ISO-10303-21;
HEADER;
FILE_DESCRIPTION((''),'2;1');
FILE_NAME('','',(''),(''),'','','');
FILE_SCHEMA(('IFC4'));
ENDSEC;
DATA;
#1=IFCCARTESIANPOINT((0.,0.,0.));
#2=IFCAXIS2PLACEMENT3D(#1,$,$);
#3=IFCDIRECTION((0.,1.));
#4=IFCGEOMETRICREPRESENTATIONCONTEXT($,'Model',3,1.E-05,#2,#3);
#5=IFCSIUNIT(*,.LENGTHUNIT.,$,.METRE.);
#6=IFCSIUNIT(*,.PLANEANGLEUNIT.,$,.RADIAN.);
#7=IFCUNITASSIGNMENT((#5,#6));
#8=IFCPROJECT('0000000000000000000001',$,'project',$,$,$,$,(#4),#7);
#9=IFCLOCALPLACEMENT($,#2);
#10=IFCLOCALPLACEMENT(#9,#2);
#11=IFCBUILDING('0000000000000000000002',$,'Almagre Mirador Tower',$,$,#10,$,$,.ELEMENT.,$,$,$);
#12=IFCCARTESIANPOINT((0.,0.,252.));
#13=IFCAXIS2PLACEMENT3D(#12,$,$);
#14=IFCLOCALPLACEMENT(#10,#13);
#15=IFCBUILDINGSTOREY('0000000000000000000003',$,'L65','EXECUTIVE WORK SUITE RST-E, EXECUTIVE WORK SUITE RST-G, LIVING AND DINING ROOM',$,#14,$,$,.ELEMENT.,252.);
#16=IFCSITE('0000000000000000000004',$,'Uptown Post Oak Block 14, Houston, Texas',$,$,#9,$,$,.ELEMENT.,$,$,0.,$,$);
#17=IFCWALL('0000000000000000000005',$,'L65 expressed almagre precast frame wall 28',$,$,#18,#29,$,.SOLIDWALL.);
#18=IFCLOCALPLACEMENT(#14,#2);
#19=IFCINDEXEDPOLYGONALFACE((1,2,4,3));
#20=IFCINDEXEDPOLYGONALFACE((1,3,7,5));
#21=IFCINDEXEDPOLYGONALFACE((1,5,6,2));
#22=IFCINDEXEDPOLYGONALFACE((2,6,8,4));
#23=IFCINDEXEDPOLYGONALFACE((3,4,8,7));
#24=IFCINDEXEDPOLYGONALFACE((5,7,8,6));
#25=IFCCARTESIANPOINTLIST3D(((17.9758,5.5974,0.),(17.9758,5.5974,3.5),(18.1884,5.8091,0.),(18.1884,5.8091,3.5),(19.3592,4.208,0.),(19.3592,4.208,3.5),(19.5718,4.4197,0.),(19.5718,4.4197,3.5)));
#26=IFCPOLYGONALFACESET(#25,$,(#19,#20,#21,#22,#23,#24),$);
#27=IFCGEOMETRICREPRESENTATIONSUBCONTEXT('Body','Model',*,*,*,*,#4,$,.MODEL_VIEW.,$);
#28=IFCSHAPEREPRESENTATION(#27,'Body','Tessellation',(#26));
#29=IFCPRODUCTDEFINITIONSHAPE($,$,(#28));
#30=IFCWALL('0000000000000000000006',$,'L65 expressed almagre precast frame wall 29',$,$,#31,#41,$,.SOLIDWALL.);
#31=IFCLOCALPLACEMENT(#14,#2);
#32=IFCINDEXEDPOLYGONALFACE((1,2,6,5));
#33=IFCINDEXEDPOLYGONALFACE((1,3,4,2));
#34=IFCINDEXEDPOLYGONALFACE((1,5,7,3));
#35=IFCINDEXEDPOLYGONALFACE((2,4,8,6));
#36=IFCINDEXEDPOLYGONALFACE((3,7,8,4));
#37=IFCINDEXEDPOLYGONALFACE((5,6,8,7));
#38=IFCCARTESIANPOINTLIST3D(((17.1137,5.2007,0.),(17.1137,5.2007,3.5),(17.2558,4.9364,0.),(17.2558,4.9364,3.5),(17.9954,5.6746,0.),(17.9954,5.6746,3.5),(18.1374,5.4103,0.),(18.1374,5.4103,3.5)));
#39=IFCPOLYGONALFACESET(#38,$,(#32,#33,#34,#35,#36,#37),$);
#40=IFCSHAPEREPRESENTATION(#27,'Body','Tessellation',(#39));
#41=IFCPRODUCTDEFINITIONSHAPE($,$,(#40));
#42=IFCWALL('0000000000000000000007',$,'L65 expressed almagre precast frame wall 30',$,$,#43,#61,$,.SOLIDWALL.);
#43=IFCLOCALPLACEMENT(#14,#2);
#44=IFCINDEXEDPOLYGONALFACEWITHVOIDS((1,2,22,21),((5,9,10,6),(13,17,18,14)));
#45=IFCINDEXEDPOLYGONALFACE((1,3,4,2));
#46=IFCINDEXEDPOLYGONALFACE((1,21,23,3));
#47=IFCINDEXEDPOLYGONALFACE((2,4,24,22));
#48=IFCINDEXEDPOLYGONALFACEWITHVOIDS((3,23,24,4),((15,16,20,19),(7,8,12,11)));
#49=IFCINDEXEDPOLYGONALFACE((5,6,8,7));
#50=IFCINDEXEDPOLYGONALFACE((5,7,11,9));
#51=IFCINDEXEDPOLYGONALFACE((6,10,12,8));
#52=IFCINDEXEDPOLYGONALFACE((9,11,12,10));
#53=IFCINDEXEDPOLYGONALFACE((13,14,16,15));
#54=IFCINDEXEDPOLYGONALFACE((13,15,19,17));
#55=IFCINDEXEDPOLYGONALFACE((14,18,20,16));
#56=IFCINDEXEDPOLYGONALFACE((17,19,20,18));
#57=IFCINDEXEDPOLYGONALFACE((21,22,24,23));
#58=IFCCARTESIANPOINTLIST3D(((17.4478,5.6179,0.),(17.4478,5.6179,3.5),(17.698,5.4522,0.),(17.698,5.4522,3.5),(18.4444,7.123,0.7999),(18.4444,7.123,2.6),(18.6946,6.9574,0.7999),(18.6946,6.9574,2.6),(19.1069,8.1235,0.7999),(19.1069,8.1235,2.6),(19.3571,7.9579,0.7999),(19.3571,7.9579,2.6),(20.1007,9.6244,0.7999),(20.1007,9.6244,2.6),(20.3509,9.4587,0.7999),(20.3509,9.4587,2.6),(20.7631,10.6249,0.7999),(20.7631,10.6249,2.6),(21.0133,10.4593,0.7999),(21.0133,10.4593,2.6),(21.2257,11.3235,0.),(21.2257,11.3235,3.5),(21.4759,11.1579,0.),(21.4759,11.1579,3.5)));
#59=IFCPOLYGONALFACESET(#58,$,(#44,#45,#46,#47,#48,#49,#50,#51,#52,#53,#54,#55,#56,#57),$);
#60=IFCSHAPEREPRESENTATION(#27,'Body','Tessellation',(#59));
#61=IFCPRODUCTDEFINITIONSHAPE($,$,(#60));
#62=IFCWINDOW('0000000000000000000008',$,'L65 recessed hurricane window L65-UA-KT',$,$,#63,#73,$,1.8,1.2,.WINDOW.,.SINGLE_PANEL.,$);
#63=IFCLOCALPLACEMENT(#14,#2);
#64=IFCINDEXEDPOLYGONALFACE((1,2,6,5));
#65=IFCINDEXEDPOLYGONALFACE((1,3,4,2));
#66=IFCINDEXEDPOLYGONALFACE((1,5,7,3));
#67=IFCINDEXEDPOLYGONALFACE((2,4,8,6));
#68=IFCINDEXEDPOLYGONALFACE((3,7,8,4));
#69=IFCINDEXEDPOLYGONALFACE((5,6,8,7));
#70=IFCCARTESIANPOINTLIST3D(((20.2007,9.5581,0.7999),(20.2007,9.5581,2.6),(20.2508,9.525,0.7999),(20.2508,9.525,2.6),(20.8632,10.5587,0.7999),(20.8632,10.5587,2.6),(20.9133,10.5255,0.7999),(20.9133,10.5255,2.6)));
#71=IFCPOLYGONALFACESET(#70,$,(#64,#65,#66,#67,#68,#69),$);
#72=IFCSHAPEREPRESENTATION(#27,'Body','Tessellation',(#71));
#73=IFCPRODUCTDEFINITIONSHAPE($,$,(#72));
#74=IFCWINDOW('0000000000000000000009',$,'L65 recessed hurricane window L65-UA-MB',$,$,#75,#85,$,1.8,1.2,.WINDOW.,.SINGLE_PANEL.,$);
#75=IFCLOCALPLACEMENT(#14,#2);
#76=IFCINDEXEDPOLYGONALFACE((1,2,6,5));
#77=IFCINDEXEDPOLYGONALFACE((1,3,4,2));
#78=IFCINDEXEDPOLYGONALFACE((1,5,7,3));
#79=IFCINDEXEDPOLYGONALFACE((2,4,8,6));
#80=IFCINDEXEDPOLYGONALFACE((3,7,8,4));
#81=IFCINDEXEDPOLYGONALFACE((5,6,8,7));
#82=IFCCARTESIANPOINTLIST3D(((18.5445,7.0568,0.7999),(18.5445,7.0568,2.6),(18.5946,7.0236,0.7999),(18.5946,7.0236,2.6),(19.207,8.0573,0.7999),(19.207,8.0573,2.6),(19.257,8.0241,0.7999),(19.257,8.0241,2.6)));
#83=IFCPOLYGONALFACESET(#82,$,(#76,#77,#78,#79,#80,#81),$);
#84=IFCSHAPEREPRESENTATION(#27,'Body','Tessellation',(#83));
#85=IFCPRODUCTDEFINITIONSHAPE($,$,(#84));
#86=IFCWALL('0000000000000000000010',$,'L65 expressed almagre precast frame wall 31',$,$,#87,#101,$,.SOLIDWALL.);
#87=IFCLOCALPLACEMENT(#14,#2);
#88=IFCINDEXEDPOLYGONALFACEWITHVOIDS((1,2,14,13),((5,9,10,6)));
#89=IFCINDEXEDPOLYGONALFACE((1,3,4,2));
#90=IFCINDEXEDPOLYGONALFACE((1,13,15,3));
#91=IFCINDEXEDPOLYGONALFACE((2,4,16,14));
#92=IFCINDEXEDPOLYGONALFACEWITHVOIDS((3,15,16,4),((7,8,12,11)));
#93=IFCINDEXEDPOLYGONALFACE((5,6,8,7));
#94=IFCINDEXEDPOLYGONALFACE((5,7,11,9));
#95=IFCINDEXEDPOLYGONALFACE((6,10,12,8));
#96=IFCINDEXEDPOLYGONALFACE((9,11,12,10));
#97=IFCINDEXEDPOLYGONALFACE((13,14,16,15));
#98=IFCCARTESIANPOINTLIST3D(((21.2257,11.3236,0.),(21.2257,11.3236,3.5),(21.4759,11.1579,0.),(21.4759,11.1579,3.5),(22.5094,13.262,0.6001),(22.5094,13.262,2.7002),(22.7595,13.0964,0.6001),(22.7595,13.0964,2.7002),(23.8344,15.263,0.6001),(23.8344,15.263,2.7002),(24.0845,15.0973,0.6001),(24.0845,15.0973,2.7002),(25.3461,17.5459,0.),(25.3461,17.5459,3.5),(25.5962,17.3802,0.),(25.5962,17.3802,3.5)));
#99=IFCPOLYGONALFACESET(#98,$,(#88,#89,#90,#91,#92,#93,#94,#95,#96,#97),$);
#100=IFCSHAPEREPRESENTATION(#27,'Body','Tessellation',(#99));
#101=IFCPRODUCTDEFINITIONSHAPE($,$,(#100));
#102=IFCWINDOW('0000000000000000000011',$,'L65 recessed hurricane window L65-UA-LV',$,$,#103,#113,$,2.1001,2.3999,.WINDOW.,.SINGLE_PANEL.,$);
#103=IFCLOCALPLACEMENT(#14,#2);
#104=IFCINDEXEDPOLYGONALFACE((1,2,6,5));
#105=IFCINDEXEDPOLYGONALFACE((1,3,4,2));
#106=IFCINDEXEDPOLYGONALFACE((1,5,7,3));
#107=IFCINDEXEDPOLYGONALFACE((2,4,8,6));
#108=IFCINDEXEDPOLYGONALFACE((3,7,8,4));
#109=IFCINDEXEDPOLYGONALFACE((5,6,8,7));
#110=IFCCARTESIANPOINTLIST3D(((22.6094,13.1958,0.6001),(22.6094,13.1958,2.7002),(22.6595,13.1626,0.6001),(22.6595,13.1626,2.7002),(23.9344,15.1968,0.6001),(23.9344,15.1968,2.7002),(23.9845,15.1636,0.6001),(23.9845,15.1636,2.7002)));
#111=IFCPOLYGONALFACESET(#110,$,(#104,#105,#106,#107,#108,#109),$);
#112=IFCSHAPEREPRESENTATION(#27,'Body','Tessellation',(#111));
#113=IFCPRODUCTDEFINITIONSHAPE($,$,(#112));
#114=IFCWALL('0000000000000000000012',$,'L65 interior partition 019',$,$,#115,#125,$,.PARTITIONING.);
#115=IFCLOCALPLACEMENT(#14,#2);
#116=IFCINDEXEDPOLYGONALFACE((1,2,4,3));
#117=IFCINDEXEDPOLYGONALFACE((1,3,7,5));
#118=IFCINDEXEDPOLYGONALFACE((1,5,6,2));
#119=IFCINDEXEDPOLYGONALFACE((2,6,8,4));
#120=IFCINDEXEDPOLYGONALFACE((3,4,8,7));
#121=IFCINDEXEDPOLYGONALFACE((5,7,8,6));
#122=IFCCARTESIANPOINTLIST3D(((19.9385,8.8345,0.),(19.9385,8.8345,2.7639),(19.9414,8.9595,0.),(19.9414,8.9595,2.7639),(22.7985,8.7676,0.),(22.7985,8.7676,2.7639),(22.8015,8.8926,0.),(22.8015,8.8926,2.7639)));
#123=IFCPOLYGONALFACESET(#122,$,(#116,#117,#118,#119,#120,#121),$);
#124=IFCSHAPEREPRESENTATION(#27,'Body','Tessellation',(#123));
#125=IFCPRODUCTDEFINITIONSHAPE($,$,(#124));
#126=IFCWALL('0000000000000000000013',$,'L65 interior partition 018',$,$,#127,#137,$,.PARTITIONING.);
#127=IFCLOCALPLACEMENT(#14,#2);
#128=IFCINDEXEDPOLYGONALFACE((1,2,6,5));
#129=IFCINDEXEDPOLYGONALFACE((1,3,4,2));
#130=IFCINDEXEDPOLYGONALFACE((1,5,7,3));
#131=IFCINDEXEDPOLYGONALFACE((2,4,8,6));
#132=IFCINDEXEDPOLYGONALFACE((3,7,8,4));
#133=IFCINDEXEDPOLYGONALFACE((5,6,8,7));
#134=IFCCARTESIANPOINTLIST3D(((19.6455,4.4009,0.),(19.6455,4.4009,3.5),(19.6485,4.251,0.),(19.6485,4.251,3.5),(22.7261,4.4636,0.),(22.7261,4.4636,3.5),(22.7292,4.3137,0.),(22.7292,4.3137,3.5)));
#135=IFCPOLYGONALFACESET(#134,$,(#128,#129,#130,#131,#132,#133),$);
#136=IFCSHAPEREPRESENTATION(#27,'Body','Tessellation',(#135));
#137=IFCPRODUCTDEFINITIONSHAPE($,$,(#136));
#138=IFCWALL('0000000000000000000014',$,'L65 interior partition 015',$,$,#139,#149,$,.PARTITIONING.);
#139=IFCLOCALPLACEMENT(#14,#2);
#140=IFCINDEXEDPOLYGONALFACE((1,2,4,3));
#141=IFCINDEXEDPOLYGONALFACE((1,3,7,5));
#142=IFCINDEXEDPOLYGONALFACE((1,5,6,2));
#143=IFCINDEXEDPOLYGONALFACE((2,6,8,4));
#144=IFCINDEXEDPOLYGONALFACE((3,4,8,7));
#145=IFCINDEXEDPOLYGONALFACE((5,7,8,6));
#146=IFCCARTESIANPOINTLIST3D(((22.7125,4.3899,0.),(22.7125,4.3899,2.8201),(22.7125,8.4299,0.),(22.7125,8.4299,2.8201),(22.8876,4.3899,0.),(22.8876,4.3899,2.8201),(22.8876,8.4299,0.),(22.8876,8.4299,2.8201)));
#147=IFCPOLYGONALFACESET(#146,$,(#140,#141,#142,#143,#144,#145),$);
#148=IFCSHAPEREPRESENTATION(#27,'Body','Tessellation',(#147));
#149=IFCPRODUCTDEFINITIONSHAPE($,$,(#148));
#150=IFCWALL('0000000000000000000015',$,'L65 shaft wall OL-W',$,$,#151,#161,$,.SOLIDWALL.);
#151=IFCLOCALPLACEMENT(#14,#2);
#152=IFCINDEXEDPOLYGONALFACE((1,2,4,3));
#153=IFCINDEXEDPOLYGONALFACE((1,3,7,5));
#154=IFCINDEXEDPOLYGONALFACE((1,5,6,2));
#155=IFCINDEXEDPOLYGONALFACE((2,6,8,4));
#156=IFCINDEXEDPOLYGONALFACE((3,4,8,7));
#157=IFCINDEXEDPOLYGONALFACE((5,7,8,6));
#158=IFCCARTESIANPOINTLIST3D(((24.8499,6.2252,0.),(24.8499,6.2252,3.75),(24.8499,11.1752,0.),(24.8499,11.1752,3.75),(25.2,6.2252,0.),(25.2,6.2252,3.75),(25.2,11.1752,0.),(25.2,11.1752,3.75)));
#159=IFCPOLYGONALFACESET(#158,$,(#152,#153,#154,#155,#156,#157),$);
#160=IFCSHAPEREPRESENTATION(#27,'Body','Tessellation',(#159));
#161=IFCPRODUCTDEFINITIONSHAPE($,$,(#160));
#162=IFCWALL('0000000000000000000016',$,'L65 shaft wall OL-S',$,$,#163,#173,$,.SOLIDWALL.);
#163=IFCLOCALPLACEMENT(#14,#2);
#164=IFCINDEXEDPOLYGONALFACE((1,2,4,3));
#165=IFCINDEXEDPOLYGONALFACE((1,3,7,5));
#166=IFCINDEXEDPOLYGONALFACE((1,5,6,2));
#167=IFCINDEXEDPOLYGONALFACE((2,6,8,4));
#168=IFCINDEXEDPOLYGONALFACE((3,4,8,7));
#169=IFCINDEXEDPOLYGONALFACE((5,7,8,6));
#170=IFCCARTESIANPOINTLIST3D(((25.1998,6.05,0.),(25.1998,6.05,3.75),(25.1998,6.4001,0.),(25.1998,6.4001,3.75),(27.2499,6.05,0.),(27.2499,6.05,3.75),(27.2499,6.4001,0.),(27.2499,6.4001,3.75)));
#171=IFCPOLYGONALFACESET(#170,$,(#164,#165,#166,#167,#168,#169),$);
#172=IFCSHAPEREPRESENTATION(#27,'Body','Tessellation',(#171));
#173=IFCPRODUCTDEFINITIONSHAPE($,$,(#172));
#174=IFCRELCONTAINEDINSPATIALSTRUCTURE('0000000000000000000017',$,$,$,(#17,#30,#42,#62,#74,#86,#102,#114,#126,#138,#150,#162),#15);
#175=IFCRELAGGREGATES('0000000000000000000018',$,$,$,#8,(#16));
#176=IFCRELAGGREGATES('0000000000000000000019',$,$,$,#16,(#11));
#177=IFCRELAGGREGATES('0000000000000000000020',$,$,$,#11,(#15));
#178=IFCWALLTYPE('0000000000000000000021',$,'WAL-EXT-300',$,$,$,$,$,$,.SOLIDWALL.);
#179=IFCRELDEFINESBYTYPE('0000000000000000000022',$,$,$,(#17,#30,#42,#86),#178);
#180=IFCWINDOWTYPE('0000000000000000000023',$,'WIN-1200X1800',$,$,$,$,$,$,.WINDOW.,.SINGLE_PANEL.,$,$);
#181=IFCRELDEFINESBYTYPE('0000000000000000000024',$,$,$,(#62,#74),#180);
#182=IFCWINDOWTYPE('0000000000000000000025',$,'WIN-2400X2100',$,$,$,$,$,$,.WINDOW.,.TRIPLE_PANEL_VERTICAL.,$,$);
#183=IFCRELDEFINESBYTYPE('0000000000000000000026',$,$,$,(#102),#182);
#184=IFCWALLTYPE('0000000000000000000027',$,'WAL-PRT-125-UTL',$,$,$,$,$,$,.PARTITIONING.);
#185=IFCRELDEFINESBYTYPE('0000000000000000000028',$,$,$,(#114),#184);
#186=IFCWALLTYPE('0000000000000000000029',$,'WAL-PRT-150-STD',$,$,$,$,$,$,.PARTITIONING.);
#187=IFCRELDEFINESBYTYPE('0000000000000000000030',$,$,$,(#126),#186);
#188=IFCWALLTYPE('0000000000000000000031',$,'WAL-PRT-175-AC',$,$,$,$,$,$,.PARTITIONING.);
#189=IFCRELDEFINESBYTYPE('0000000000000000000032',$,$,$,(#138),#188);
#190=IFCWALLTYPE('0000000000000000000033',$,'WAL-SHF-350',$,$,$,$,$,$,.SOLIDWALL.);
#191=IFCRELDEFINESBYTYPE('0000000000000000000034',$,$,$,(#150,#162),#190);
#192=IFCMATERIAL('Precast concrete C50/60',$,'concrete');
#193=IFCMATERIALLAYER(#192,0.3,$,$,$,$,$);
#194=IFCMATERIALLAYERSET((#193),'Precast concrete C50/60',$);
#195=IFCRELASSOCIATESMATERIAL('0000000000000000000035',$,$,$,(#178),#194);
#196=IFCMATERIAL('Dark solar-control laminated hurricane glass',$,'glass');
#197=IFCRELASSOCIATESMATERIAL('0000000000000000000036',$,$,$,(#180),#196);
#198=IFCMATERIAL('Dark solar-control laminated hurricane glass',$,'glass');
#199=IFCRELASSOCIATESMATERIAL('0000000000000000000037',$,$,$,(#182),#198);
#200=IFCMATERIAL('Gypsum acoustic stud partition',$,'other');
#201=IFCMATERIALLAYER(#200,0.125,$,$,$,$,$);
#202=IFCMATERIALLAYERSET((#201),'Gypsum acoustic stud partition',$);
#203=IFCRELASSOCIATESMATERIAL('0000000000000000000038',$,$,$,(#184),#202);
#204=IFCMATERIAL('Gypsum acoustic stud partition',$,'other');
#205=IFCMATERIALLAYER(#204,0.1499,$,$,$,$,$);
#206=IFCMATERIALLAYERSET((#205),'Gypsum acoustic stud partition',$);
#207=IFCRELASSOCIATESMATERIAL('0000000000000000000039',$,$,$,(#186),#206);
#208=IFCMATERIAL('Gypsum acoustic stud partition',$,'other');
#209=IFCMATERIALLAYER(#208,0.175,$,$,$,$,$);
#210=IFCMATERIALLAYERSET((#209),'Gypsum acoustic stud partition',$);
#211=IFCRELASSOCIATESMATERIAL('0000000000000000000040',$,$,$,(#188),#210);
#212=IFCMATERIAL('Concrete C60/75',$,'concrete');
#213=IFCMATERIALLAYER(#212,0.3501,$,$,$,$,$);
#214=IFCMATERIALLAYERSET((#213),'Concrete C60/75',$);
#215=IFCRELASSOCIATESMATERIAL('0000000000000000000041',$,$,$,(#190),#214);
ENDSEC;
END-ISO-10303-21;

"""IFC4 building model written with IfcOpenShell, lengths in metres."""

from ifc_helpers import new_model, si_unit, direction, frame, frame_2d, origin, place, context, subcontext, project, spatial, rectangle, extrude, material, layer, layer_set, type_object, element, fill, save


model = new_model("IFC4")

# Units and contexts
model_context = context("Model", 3, precision=1e-05, world=origin(), true_north=direction((0.0, 1.0)))
body_context = subcontext(model_context, "Body", "Model", "MODEL_VIEW")
ifc_project = project(units=[si_unit("LENGTHUNIT", "METRE"), si_unit("PLANEANGLEUNIT", "RADIAN")], contexts=[model_context])

# Site, building, storey
site_placement = place(None, origin())
site = spatial("IfcSite", under=ifc_project, at=site_placement, Name="Uptown Post Oak Block 14, Houston, Texas", CompositionType="ELEMENT", RefElevation=0.0)
building_placement = place(site_placement, origin())
building = spatial("IfcBuilding", under=site, at=building_placement, Name="Almagre Mirador Tower", CompositionType="ELEMENT")
storey_placement = place(building_placement, frame((0.0, 0.0, 252.0)))
storey = spatial("IfcBuildingStorey", under=building, at=storey_placement, Name="L65", Description="EXECUTIVE WORK SUITE RST-E, EXECUTIVE WORK SUITE RST-G, LIVING AND DINING ROOM", CompositionType="ELEMENT", Elevation=252.0)

# Shared definitions
ifc_material_1 = material(Name="Precast concrete C50/60", Category="concrete")
ifc_layer_1 = layer(ifc_material_1, 0.3)
ifc_layer_set_1 = layer_set([ifc_layer_1], Name="Precast concrete C50/60")
wall_type_1 = type_object("IfcWallType", Name="WAL-EXT-300", PredefinedType="SOLIDWALL", material=ifc_layer_set_1)

# Walls
wall_1_placement = place(storey_placement, frame((19.4656, 4.3137, 0.0), z_axis=(0.0, 0.0, 1.0), x_axis=(-0.705549, 0.708662, 0.0)))
element("IfcWall", 1, at=wall_1_placement, inside=storey, type_object=wall_type_1, Name="L65 expressed almagre precast frame wall 28", PredefinedType="SOLIDWALL", context=body_context, shape_type="SweptSolid", body=[
    extrude(rectangle(XDim=1.9607, YDim=0.3, at=frame_2d((0.9805, 0.0))), origin(), (0.0, 0.0, 1.0), 3.5),
])
wall_2_placement = place(storey_placement, frame((18.0664, 5.5425, 0.0), z_axis=(0.0, 0.0, 1.0), x_axis=(-0.880815, -0.47346, 0.0)))
element("IfcWall", 2, at=wall_2_placement, inside=storey, type_object=wall_type_1, Name="L65 expressed almagre precast frame wall 29", PredefinedType="SOLIDWALL", context=body_context, shape_type="SweptSolid", body=[
    extrude(rectangle(XDim=1.001, YDim=0.3, at=frame_2d((0.5005, 0.0))), origin(), (0.0, 0.0, 1.0), 3.5),
])

# Wall, openings, windows
wall_3_placement = place(storey_placement, frame((17.573, 5.5352, 0.0), z_axis=(0.0, 0.0, 1.0), x_axis=(0.552079, 0.833792, 0.0)))
wall_3 = element("IfcWall", 3, at=wall_3_placement, inside=storey, type_object=wall_type_1, Name="L65 expressed almagre precast frame wall 30", PredefinedType="SOLIDWALL", context=body_context, shape_type="SweptSolid", body=[
    extrude(rectangle(XDim=6.843, YDim=0.3, at=frame_2d((3.4214, 0.0))), origin(), (0.0, 0.0, 1.0), 3.5),
])
opening_1_placement = place(wall_3_placement, frame((4.8049, 0.0, 0.8)))
opening_1 = element("IfcOpeningElement", 4, at=opening_1_placement, cuts=wall_3, PredefinedType="OPENING", context=body_context, shape_type="SweptSolid", body=[
    extrude(rectangle(XDim=1.2, YDim=1.8, at=frame_2d((0.6001, 0.8999))), frame((0.0, 0.1599, 0.0), z_axis=(0.0, -1.0, 0.0), x_axis=(1.0, 0.0, 0.0)), (0.0, 0.0, 1.0), 0.32),
])
opening_2_placement = place(wall_3_placement, frame((1.8049, 0.0, 0.8)))
opening_2 = element("IfcOpeningElement", 5, at=opening_2_placement, cuts=wall_3, PredefinedType="OPENING", context=body_context, shape_type="SweptSolid", body=[
    extrude(rectangle(XDim=1.2, YDim=1.8, at=frame_2d((0.6001, 0.8999))), frame((0.0, 0.1599, 0.0), z_axis=(0.0, -1.0, 0.0), x_axis=(1.0, 0.0, 0.0)), (0.0, 0.0, 1.0), 0.32),
])
ifc_material_2 = material(Name="Dark solar-control laminated hurricane glass", Category="glass")
window_type_1 = type_object("IfcWindowType", Name="WIN-1200X1800", PartitioningType="SINGLE_PANEL", PredefinedType="WINDOW", material=ifc_material_2)
window_1_placement = place(opening_1_placement, origin())
window_1 = element("IfcWindow", 6, at=window_1_placement, inside=storey, type_object=window_type_1, Name="L65 recessed hurricane window L65-UA-KT", OverallHeight=1.8, OverallWidth=1.2, PartitioningType="SINGLE_PANEL", PredefinedType="WINDOW", context=body_context, shape_type="SweptSolid", body=[
    extrude(rectangle(XDim=1.2, YDim=1.8, at=frame_2d((0.6001, 0.8999))), frame((0.0, 0.03, 0.0), z_axis=(0.0, -1.0, 0.0), x_axis=(1.0, 0.0, 0.0)), (0.0, 0.0, 1.0), 0.0601),
])
fill(opening_1, window_1)
window_2_placement = place(opening_2_placement, origin())
window_2 = element("IfcWindow", 7, at=window_2_placement, inside=storey, type_object=window_type_1, Name="L65 recessed hurricane window L65-UA-MB", OverallHeight=1.8, OverallWidth=1.2, PartitioningType="SINGLE_PANEL", PredefinedType="WINDOW", context=body_context, shape_type="SweptSolid", body=[
    extrude(rectangle(XDim=1.2, YDim=1.8, at=frame_2d((0.6001, 0.8999))), frame((0.0, 0.03, 0.0), z_axis=(0.0, -1.0, 0.0), x_axis=(1.0, 0.0, 0.0)), (0.0, 0.0, 1.0), 0.0601),
])
fill(opening_2, window_2)

# Wall, opening, window
wall_4_placement = place(storey_placement, frame((21.3508, 11.2407, 0.0), z_axis=(0.0, 0.0, 1.0), x_axis=(0.552108, 0.833773, 0.0)))
wall_4 = element("IfcWall", 8, at=wall_4_placement, inside=storey, type_object=wall_type_1, Name="L65 expressed almagre precast frame wall 31", PredefinedType="SOLIDWALL", context=body_context, shape_type="SweptSolid", body=[
    extrude(rectangle(XDim=7.4629, YDim=0.3, at=frame_2d((3.7314, 0.0))), origin(), (0.0, 0.0, 1.0), 3.5),
])
opening_3_placement = place(wall_4_placement, frame((2.325, 0.0, 0.6001)))
opening_3 = element("IfcOpeningElement", 9, at=opening_3_placement, cuts=wall_4, PredefinedType="OPENING", context=body_context, shape_type="SweptSolid", body=[
    extrude(rectangle(XDim=2.3999, YDim=2.1001, at=frame_2d((1.2, 1.05))), frame((0.0, 0.1599, 0.0), z_axis=(0.0, -1.0, 0.0), x_axis=(1.0, 0.0, 0.0)), (0.0, 0.0, 1.0), 0.32),
])
ifc_material_3 = material(Name="Dark solar-control laminated hurricane glass", Category="glass")
window_type_2 = type_object("IfcWindowType", Name="WIN-2400X2100", PartitioningType="TRIPLE_PANEL_VERTICAL", PredefinedType="WINDOW", material=ifc_material_3)
window_3_placement = place(opening_3_placement, origin())
window_3 = element("IfcWindow", 10, at=window_3_placement, inside=storey, type_object=window_type_2, Name="L65 recessed hurricane window L65-UA-LV", OverallHeight=2.1001, OverallWidth=2.3999, PartitioningType="SINGLE_PANEL", PredefinedType="WINDOW", context=body_context, shape_type="SweptSolid", body=[
    extrude(rectangle(XDim=2.3999, YDim=2.1001, at=frame_2d((1.2, 1.05))), frame((0.0, 0.03, 0.0), z_axis=(0.0, -1.0, 0.0), x_axis=(1.0, 0.0, 0.0)), (0.0, 0.0, 1.0), 0.0601),
])
fill(opening_3, window_3)

# Walls
ifc_material_4 = material(Name="Gypsum acoustic stud partition", Category="other")
ifc_layer_2 = layer(ifc_material_4, 0.125)
ifc_layer_set_2 = layer_set([ifc_layer_2], Name="Gypsum acoustic stud partition")
wall_type_2 = type_object("IfcWallType", Name="WAL-PRT-125-UTL", PredefinedType="PARTITIONING", material=ifc_layer_set_2)
wall_5_placement = place(storey_placement, frame((19.9399, 8.897, 0.0), z_axis=(0.0, 0.0, 1.0), x_axis=(0.999727, -0.023382, 0.0)))
element("IfcWall", 11, at=wall_5_placement, inside=storey, type_object=wall_type_2, Name="L65 interior partition 019", PredefinedType="PARTITIONING", context=body_context, shape_type="SweptSolid", body=[
    extrude(rectangle(XDim=2.8608, YDim=0.125, at=frame_2d((1.4304, 0.0))), origin(), (0.0, 0.0, 1.0), 2.7639),
])
ifc_material_5 = material(Name="Gypsum acoustic stud partition", Category="other")
ifc_layer_3 = layer(ifc_material_5, 0.1499)
ifc_layer_set_3 = layer_set([ifc_layer_3], Name="Gypsum acoustic stud partition")
wall_type_3 = type_object("IfcWallType", Name="WAL-PRT-150-STD", PredefinedType="PARTITIONING", material=ifc_layer_set_3)
wall_6_placement = place(storey_placement, frame((22.7275, 4.3887, 0.0), z_axis=(0.0, 0.0, 1.0), x_axis=(-0.999793, -0.020364, 0.0)))
element("IfcWall", 12, at=wall_6_placement, inside=storey, type_object=wall_type_3, Name="L65 interior partition 018", PredefinedType="PARTITIONING", context=body_context, shape_type="SweptSolid", body=[
    extrude(rectangle(XDim=3.0813, YDim=0.1499, at=frame_2d((1.5405, 0.0))), origin(), (0.0, 0.0, 1.0), 3.5),
])
ifc_material_6 = material(Name="Gypsum acoustic stud partition", Category="other")
ifc_layer_4 = layer(ifc_material_6, 0.175)
ifc_layer_set_4 = layer_set([ifc_layer_4], Name="Gypsum acoustic stud partition")
wall_type_4 = type_object("IfcWallType", Name="WAL-PRT-175-AC", PredefinedType="PARTITIONING", material=ifc_layer_set_4)
wall_7_placement = place(storey_placement, frame((22.8, 8.4299, 0.0), z_axis=(0.0, 0.0, 1.0), x_axis=(0.0, -1.0, 0.0)))
element("IfcWall", 13, at=wall_7_placement, inside=storey, type_object=wall_type_4, Name="L65 interior partition 015", PredefinedType="PARTITIONING", context=body_context, shape_type="SweptSolid", body=[
    extrude(rectangle(XDim=4.04, YDim=0.175, at=frame_2d((2.02, 0.0))), origin(), (0.0, 0.0, 1.0), 2.8201),
])
ifc_material_7 = material(Name="Concrete C60/75", Category="concrete")
ifc_layer_5 = layer(ifc_material_7, 0.3501)
ifc_layer_set_5 = layer_set([ifc_layer_5], Name="Concrete C60/75")
wall_type_5 = type_object("IfcWallType", Name="WAL-SHF-350", PredefinedType="SOLIDWALL", material=ifc_layer_set_5)
wall_8_placement = place(storey_placement, frame((25.0249, 6.2251, 0.0), z_axis=(0.0, 0.0, 1.0), x_axis=(0.0, 1.0, 0.0)))
element("IfcWall", 14, at=wall_8_placement, inside=storey, type_object=wall_type_5, Name="L65 shaft wall OL-W", PredefinedType="SOLIDWALL", context=body_context, shape_type="SweptSolid", body=[
    extrude(rectangle(XDim=4.95, YDim=0.3501, at=frame_2d((2.4751, 0.0))), origin(), (0.0, 0.0, 1.0), 3.75),
])
for number, where, z_axis, x_axis, name in (
    (15, (25.2, 6.2251, 0.0), (0.0, 0.0, 1.0), (1.0, 0.0, 0.0), "L65 shaft wall OL-S"),
):
    element("IfcWall", number, at=place(storey_placement, frame(where, z_axis=z_axis, x_axis=x_axis)), inside=storey, type_object=wall_type_5, Name=name, PredefinedType="SOLIDWALL", context=body_context, shape_type="SweptSolid", body=[
        extrude(rectangle(XDim=2.05, YDim=0.3501, at=frame_2d((1.0249, 0.0))), origin(), (0.0, 0.0, 1.0), 3.75),
    ])

save(model, "model.ifc")
